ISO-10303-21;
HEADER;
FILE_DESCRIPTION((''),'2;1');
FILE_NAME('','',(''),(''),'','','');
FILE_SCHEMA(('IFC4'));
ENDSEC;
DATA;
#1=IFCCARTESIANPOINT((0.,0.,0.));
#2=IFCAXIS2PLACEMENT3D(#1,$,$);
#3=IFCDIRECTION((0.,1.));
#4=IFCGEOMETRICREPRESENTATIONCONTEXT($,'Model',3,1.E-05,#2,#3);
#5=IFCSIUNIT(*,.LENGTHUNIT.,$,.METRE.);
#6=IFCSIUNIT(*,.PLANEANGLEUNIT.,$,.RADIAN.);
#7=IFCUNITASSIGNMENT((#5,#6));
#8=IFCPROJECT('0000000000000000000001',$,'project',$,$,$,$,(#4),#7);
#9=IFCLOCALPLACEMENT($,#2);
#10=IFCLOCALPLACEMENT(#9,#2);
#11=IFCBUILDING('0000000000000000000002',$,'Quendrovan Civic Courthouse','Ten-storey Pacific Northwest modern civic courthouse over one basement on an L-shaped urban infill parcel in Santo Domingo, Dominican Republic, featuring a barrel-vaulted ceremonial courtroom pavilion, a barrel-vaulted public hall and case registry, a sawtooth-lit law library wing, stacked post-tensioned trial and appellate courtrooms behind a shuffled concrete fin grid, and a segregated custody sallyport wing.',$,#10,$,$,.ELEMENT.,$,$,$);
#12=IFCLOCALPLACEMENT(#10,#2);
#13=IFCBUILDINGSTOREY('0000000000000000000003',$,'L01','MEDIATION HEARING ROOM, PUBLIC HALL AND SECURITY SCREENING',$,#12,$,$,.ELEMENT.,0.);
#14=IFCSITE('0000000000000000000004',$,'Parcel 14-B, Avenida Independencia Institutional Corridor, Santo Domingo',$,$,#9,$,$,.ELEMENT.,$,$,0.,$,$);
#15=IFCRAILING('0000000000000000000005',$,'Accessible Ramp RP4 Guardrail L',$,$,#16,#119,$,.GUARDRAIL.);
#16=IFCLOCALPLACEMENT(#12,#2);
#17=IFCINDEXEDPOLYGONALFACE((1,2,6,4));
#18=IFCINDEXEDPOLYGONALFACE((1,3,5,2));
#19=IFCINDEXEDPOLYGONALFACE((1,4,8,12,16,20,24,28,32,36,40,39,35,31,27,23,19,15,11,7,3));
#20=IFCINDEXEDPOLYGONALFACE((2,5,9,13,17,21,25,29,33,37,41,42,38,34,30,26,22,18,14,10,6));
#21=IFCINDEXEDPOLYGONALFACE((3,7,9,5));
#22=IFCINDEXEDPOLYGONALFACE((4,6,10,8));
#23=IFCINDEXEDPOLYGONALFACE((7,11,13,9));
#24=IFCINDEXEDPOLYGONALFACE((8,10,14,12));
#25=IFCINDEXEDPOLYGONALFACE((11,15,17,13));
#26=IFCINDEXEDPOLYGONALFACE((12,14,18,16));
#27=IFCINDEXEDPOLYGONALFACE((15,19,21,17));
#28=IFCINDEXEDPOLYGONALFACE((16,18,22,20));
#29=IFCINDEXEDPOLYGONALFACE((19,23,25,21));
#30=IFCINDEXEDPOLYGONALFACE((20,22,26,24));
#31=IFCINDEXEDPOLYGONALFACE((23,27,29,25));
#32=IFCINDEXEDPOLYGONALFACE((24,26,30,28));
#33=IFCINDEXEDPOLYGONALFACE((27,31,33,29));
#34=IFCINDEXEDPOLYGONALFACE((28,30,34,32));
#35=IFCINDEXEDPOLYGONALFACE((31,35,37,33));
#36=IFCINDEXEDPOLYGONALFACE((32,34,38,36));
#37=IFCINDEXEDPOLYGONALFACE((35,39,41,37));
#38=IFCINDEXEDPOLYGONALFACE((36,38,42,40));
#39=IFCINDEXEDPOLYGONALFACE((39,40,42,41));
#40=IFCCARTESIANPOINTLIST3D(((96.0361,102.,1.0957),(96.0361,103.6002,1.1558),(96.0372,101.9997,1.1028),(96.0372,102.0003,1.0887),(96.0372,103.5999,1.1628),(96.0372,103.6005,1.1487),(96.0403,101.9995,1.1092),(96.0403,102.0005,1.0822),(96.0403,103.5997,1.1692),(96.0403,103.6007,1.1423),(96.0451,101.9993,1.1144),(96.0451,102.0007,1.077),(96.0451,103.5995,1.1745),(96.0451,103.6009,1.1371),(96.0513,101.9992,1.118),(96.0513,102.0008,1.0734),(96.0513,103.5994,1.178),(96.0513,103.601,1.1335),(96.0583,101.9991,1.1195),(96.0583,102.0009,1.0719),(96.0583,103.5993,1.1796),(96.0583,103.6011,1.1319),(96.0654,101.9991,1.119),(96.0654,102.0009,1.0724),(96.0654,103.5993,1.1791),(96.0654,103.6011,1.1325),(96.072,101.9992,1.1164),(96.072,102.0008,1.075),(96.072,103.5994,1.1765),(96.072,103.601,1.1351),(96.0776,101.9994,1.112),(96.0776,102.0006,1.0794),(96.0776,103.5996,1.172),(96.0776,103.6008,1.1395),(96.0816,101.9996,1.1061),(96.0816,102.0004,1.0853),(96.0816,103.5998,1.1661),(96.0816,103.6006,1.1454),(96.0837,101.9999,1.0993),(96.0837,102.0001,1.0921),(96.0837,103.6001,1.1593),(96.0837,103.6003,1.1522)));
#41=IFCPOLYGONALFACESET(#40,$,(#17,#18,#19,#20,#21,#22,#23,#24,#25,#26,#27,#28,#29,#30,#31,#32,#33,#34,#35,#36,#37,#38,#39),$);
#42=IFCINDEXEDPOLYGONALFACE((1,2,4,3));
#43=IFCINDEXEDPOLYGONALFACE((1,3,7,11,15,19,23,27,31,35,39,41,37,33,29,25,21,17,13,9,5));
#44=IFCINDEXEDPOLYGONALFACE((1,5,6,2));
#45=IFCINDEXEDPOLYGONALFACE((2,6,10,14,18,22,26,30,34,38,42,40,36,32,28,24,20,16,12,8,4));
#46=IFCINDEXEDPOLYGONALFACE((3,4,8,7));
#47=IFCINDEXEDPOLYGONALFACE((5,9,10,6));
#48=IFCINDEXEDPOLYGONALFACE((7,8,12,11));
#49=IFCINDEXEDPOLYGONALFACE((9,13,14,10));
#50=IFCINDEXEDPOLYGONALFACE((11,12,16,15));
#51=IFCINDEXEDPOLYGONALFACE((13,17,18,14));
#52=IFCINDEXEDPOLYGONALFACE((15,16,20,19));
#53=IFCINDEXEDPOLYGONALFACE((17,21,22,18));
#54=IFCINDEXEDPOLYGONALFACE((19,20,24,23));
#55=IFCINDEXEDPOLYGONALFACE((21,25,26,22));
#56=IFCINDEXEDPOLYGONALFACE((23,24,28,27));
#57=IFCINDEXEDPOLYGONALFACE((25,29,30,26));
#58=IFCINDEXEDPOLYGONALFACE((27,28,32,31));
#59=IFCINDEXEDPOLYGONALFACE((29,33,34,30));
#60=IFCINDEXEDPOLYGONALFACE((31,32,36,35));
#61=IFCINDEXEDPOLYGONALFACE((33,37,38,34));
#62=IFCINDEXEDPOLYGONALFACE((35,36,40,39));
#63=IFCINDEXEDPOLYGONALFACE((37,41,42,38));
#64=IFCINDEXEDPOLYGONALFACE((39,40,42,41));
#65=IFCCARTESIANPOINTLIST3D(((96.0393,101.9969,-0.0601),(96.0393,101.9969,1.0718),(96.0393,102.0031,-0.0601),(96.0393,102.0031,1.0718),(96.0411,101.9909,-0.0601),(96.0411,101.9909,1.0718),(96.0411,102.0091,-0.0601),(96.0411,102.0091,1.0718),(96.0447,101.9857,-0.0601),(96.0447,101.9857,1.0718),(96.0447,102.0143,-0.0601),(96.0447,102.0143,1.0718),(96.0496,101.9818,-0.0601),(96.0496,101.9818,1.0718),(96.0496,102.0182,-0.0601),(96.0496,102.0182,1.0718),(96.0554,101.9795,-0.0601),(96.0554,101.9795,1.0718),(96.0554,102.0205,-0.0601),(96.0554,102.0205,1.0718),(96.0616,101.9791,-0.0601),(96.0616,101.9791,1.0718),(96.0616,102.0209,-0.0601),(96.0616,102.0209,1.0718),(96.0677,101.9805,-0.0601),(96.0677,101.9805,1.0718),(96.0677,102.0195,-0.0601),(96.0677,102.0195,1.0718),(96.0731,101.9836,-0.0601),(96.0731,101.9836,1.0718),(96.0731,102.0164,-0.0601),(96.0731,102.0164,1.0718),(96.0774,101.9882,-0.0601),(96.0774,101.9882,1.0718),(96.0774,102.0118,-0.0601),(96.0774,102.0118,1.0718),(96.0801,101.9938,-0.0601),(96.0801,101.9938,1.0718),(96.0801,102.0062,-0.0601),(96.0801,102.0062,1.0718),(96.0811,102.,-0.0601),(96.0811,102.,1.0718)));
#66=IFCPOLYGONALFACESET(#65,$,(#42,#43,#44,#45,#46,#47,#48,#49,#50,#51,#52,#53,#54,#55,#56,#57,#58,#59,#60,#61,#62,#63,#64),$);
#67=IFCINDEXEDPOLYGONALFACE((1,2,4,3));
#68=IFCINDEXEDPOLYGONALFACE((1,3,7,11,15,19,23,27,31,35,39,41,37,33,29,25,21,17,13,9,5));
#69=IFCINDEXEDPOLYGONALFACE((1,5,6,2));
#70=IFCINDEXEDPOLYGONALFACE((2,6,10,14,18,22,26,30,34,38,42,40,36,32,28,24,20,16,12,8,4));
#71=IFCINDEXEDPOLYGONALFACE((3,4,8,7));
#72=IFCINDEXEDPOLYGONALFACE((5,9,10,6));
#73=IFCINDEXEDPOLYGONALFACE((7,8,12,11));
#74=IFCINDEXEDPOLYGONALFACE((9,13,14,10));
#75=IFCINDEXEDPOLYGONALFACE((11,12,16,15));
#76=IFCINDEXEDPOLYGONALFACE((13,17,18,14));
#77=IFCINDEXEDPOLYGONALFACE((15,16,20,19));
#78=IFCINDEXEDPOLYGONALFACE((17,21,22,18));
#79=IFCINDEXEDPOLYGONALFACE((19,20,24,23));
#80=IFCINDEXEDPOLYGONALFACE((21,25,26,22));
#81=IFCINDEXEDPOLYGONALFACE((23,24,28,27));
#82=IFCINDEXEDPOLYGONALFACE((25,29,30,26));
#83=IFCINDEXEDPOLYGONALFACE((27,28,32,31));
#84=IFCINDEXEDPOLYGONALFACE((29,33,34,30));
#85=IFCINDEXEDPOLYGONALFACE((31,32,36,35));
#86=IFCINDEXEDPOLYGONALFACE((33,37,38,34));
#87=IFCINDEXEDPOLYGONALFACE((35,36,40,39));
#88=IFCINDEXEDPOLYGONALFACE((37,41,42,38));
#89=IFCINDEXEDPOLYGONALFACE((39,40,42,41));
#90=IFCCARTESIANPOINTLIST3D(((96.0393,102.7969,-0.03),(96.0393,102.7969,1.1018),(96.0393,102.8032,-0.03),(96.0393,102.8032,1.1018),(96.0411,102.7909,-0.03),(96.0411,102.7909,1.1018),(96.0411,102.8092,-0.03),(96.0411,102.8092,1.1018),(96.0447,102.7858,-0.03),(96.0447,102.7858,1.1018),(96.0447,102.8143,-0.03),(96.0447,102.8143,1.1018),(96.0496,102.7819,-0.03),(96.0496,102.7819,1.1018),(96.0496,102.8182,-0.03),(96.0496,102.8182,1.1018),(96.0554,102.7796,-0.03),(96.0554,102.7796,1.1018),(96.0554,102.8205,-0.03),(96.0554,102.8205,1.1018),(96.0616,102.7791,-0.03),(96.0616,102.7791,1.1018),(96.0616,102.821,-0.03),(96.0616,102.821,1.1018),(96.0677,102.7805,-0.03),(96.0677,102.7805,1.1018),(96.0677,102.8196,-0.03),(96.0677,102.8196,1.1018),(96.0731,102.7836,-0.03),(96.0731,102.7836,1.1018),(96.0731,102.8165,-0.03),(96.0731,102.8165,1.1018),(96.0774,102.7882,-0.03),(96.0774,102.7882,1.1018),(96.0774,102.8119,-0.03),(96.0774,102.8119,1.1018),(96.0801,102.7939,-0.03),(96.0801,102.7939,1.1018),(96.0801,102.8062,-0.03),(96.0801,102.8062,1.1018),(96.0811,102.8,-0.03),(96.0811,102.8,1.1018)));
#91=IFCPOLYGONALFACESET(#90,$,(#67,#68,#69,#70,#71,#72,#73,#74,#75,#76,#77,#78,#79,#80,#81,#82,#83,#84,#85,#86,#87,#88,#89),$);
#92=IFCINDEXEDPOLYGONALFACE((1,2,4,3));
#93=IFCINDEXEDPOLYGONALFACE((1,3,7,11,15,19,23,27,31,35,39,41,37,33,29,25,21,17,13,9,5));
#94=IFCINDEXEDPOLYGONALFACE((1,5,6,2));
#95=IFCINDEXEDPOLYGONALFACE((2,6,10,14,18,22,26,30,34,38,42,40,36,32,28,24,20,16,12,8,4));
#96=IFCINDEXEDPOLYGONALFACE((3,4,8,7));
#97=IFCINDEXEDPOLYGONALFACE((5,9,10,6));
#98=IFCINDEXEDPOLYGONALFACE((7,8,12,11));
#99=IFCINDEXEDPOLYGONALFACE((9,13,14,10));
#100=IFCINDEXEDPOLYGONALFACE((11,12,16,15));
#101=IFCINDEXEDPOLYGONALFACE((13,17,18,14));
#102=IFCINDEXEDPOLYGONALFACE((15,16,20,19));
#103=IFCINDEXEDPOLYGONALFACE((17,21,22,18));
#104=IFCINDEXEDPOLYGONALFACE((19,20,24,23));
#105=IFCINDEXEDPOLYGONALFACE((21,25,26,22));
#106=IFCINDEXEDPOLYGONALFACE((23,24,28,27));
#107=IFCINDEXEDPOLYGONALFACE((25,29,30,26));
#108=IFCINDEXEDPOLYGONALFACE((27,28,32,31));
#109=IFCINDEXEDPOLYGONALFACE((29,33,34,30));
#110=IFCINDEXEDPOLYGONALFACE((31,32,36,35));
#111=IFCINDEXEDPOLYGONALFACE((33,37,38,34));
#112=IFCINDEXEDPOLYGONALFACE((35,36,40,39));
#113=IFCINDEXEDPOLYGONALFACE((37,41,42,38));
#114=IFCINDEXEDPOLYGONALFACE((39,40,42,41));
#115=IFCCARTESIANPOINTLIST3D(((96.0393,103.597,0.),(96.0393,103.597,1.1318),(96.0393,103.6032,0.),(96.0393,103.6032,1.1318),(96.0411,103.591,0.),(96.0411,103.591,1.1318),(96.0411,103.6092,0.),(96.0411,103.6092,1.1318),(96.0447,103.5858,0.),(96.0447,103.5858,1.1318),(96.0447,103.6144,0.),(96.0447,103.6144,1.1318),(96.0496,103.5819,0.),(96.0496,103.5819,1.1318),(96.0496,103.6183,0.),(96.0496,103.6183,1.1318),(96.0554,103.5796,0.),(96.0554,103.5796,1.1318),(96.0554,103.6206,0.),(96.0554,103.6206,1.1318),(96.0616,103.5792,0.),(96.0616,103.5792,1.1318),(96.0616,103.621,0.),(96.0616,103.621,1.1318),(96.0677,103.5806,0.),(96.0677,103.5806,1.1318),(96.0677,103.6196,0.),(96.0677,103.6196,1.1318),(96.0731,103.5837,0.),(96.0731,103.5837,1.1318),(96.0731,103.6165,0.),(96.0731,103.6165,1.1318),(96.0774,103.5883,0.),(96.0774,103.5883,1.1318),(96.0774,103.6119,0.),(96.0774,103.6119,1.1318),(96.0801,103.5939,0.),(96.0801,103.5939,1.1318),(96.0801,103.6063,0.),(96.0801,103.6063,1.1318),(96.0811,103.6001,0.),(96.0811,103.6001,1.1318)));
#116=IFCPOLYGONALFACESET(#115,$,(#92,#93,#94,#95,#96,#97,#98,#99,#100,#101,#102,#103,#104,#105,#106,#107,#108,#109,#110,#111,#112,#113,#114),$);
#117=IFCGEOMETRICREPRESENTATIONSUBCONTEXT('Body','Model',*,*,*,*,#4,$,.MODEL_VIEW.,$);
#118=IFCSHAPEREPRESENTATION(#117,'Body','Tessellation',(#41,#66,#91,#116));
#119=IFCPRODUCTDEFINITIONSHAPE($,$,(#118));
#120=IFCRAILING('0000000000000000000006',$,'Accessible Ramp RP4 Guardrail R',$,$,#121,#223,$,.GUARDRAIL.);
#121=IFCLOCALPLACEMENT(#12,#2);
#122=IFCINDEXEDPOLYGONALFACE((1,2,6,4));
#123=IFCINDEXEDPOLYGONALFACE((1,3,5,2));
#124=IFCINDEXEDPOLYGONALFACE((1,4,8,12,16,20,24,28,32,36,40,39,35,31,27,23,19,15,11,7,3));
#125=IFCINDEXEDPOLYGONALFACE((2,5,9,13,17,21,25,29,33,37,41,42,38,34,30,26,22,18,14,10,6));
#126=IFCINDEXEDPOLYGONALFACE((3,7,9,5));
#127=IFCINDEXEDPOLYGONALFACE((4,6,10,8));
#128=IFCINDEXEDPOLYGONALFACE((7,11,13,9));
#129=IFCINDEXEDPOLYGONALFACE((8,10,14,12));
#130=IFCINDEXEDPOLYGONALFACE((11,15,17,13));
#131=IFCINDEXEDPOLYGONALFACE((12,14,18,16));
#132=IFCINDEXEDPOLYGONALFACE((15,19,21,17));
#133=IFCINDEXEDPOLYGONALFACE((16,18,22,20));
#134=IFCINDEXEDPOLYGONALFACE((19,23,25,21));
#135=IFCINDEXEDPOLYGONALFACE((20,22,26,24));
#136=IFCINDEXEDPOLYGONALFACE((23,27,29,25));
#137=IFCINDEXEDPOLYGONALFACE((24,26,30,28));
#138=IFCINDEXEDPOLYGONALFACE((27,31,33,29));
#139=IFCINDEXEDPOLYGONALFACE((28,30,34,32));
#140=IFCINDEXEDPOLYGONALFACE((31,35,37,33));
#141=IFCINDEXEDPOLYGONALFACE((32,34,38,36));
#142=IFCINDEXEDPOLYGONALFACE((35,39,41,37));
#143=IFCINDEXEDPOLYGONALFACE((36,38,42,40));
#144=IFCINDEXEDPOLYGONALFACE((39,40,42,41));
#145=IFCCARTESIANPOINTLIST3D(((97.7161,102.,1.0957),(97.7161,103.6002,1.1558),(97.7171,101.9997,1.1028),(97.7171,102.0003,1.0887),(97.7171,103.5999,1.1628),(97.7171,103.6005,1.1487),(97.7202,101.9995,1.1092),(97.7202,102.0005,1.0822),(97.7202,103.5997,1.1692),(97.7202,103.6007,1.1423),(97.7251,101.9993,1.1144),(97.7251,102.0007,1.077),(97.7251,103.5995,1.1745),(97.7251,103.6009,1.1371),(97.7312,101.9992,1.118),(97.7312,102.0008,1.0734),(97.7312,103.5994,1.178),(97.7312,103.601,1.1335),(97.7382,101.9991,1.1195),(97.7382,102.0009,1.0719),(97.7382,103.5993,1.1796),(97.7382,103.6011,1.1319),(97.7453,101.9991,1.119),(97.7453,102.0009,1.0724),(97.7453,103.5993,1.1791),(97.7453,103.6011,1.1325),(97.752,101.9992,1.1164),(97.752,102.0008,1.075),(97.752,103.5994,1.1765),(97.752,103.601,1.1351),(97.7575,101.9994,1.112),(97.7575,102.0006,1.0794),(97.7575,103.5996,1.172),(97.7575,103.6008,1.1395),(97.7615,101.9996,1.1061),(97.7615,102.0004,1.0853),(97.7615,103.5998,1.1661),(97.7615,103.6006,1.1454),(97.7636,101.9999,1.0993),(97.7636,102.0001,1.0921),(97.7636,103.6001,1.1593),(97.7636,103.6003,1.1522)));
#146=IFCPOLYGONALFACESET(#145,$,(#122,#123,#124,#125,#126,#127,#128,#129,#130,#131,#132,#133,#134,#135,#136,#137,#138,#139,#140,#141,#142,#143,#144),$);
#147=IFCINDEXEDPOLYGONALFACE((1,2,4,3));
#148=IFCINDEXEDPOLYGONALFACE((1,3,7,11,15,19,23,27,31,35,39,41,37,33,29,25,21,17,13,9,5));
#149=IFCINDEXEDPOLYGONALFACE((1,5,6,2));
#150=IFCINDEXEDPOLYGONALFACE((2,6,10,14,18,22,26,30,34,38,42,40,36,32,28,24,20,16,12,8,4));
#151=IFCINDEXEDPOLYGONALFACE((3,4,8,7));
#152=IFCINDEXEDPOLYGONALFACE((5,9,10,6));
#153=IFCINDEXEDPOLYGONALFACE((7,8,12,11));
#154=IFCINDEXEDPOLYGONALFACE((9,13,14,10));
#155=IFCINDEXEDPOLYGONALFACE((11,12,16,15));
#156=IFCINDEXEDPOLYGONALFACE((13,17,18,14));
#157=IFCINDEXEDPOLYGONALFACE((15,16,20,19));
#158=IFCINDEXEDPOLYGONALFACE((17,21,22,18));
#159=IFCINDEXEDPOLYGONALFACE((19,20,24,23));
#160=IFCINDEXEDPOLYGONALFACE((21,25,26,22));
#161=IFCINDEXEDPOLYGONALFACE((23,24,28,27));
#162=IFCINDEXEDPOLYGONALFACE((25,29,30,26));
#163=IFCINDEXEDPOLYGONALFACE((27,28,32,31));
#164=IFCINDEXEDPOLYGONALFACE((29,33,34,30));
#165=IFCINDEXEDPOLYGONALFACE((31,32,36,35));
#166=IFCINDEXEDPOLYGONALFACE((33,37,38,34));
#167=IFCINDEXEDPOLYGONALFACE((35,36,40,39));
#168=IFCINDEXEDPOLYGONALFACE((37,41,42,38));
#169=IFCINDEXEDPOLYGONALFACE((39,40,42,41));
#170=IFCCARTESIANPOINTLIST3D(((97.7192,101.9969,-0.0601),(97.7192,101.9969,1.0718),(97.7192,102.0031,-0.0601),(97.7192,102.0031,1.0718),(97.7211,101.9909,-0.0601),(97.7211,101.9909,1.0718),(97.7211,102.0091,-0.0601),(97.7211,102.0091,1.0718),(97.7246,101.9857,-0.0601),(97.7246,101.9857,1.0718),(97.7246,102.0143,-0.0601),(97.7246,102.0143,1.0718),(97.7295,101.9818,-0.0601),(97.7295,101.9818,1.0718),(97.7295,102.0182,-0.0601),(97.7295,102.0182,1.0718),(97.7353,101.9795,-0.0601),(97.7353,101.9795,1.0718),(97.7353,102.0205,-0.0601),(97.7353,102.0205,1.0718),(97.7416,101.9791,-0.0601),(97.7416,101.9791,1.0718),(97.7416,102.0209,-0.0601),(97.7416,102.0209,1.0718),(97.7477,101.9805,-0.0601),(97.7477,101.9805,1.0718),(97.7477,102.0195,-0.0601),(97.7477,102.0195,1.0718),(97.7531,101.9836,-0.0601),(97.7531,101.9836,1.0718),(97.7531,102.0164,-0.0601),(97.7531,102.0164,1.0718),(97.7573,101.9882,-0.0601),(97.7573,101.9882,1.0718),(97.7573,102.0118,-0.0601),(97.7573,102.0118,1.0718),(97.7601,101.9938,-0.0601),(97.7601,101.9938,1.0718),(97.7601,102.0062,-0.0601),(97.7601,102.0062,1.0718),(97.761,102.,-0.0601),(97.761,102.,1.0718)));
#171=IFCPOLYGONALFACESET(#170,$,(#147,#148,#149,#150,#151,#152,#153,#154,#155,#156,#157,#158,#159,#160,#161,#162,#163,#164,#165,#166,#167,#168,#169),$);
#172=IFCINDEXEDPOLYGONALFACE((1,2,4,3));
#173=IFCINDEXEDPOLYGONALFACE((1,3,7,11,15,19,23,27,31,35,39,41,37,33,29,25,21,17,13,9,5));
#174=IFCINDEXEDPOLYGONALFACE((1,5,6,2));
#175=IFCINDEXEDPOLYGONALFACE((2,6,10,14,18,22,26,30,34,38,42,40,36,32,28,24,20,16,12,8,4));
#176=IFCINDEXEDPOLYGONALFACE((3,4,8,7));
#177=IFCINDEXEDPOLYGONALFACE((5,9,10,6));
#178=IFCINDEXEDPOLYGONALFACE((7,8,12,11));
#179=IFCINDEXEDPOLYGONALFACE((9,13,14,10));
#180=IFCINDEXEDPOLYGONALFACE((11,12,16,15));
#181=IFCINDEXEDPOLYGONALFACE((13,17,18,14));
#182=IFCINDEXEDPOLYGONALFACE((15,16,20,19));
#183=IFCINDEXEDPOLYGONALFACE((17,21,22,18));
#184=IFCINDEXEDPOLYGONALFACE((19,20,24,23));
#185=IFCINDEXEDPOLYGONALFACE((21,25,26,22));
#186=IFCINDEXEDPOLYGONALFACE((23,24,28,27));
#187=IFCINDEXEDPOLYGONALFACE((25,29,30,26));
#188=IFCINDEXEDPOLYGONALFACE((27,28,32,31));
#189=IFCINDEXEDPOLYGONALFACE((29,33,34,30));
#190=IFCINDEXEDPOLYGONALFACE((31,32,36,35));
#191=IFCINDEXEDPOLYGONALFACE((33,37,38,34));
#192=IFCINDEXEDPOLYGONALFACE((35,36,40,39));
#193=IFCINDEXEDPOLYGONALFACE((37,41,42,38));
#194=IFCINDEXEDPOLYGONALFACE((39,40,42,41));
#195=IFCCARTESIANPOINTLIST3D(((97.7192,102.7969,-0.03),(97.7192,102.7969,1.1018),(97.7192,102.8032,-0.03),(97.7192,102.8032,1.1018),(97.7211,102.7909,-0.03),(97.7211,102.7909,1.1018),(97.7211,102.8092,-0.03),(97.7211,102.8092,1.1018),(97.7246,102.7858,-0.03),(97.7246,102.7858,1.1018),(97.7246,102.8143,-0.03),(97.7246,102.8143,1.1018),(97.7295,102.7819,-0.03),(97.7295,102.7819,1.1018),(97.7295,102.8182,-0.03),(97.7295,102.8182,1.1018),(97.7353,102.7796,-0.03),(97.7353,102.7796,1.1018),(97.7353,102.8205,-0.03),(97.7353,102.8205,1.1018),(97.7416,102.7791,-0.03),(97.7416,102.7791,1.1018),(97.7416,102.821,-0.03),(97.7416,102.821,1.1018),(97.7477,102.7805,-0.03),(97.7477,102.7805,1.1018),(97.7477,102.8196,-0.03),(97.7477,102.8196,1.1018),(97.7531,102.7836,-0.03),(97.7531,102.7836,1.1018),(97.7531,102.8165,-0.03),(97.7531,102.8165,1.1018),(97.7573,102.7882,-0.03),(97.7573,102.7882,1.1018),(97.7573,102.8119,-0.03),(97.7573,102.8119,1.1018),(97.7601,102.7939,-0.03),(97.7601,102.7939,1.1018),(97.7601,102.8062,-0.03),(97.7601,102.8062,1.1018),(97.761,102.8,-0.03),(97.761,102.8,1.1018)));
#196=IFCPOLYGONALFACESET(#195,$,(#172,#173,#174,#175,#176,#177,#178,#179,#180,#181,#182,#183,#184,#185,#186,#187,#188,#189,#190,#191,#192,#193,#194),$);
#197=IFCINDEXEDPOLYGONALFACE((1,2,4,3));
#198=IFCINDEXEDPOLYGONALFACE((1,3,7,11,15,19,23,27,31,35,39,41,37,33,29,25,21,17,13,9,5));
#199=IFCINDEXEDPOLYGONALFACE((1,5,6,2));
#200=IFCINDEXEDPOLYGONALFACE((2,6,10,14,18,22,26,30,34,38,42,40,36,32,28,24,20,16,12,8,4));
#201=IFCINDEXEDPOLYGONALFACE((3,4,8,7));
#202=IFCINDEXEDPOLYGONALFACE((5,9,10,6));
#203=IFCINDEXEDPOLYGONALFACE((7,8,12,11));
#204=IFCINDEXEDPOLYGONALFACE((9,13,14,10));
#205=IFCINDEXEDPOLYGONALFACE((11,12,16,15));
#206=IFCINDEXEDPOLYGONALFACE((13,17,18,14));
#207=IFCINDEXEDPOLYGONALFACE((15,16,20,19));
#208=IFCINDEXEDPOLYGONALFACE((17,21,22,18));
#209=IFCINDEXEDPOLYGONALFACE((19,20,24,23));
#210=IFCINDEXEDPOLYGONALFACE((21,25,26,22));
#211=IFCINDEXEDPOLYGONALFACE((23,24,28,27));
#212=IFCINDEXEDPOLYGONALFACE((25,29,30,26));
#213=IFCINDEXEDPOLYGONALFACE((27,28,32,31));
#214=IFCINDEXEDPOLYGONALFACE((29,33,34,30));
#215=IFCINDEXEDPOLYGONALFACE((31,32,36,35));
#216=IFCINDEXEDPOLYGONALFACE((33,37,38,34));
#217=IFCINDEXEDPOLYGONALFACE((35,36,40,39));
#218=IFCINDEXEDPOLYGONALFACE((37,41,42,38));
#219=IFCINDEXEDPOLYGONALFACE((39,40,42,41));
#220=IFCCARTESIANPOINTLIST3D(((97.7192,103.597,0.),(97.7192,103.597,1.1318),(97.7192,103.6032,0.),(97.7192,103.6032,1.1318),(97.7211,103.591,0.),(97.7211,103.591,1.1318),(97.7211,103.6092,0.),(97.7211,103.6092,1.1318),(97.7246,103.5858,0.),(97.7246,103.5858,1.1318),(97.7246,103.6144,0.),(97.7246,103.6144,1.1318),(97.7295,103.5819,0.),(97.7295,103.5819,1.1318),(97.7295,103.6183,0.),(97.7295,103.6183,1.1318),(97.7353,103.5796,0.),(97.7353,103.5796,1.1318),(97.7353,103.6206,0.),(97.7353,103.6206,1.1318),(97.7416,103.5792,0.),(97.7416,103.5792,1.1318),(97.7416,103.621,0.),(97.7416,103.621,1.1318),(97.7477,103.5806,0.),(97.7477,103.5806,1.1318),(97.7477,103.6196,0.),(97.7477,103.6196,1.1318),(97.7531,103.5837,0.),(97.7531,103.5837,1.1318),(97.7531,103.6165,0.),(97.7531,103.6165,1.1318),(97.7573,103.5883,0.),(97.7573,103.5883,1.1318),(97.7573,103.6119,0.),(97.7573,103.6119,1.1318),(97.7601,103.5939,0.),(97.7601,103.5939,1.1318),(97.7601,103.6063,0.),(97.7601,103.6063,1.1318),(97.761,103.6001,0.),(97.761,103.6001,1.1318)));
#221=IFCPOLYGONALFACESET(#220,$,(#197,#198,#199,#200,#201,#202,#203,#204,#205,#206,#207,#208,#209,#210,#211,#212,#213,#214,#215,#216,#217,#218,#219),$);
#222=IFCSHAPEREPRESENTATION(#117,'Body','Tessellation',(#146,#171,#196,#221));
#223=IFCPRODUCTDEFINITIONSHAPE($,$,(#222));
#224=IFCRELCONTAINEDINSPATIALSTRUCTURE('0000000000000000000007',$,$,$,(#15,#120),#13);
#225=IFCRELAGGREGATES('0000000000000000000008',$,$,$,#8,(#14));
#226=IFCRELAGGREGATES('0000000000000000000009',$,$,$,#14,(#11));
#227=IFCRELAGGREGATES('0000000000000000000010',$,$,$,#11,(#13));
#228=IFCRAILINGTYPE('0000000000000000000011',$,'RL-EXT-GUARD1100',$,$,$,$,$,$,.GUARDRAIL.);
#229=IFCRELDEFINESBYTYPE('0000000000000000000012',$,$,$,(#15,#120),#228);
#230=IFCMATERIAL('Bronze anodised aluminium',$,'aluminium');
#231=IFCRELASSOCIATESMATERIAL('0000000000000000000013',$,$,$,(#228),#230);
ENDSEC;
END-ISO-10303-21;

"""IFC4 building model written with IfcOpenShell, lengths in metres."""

from ifc_helpers import new_model, si_unit, direction, frame, origin, origin_2d, place, context, subcontext, project, spatial, circle, extrude, material, type_object, element, save


model = new_model("IFC4")

# Units and contexts
model_context = context("Model", 3, precision=1e-05, world=origin(), true_north=direction((0.0, 1.0)))
body_context = subcontext(model_context, "Body", "Model", "MODEL_VIEW")
ifc_project = project(units=[si_unit("LENGTHUNIT", "METRE"), si_unit("PLANEANGLEUNIT", "RADIAN")], contexts=[model_context])

# Site, building, storey
site_placement = place(None, origin())
site = spatial("IfcSite", under=ifc_project, at=site_placement, Name="Parcel 14-B, Avenida Independencia Institutional Corridor, Santo Domingo", CompositionType="ELEMENT", RefElevation=0.0)
building_placement = place(site_placement, origin())
building = spatial("IfcBuilding", under=site, at=building_placement, Name="Quendrovan Civic Courthouse", Description="Ten-storey Pacific Northwest modern civic courthouse over one basement on an L-shaped urban infill parcel in Santo Domingo, Dominican Republic, featuring a barrel-vaulted ceremonial courtroom pavilion, a barrel-vaulted public hall and case registry, a sawtooth-lit law library wing, stacked post-tensioned trial and appellate courtrooms behind a shuffled concrete fin grid, and a segregated custody sallyport wing.", CompositionType="ELEMENT")
storey_placement = place(building_placement, origin())
storey = spatial("IfcBuildingStorey", under=building, at=storey_placement, Name="L01", Description="MEDIATION HEARING ROOM, PUBLIC HALL AND SECURITY SCREENING", CompositionType="ELEMENT", Elevation=0.0)

# Shared definitions
ifc_material_1 = material(Name="Bronze anodised aluminium", Category="aluminium")

# Railings
railing_type = type_object("IfcRailingType", Name="RL-EXT-GUARD1100", PredefinedType="GUARDRAIL", material=ifc_material_1)
for number, where, name in (
    (1, (96.0601, 102.0, -0.0601), "Accessible Ramp RP4 Guardrail L"),
    (2, (97.74, 102.0, -0.0601), "Accessible Ramp RP4 Guardrail R"),
):
    element("IfcRailing", number, at=place(storey_placement, frame(where)), inside=storey, type_object=railing_type, Name=name, PredefinedType="GUARDRAIL", context=body_context, shape_type="SweptSolid", body=[
        extrude(circle(Radius=0.0239, at=origin_2d()), frame((0.0, 0.0, 1.1558), z_axis=(0.0, 0.999296, 0.037508), x_axis=(-1.0, 0.0, 0.0)), (0.0, 0.0, 1.0), 1.6013),
        extrude(circle(Radius=0.021, at=origin_2d()), origin(), (0.0, 0.0, 1.0), 1.1318),
        extrude(circle(Radius=0.021, at=origin_2d()), frame((0.0, 0.8, 0.03)), (0.0, 0.0, 1.0), 1.1318),
        extrude(circle(Radius=0.021, at=origin_2d()), frame((0.0, 1.6001, 0.0601)), (0.0, 0.0, 1.0), 1.1318),
    ])

save(model, "model.ifc")
